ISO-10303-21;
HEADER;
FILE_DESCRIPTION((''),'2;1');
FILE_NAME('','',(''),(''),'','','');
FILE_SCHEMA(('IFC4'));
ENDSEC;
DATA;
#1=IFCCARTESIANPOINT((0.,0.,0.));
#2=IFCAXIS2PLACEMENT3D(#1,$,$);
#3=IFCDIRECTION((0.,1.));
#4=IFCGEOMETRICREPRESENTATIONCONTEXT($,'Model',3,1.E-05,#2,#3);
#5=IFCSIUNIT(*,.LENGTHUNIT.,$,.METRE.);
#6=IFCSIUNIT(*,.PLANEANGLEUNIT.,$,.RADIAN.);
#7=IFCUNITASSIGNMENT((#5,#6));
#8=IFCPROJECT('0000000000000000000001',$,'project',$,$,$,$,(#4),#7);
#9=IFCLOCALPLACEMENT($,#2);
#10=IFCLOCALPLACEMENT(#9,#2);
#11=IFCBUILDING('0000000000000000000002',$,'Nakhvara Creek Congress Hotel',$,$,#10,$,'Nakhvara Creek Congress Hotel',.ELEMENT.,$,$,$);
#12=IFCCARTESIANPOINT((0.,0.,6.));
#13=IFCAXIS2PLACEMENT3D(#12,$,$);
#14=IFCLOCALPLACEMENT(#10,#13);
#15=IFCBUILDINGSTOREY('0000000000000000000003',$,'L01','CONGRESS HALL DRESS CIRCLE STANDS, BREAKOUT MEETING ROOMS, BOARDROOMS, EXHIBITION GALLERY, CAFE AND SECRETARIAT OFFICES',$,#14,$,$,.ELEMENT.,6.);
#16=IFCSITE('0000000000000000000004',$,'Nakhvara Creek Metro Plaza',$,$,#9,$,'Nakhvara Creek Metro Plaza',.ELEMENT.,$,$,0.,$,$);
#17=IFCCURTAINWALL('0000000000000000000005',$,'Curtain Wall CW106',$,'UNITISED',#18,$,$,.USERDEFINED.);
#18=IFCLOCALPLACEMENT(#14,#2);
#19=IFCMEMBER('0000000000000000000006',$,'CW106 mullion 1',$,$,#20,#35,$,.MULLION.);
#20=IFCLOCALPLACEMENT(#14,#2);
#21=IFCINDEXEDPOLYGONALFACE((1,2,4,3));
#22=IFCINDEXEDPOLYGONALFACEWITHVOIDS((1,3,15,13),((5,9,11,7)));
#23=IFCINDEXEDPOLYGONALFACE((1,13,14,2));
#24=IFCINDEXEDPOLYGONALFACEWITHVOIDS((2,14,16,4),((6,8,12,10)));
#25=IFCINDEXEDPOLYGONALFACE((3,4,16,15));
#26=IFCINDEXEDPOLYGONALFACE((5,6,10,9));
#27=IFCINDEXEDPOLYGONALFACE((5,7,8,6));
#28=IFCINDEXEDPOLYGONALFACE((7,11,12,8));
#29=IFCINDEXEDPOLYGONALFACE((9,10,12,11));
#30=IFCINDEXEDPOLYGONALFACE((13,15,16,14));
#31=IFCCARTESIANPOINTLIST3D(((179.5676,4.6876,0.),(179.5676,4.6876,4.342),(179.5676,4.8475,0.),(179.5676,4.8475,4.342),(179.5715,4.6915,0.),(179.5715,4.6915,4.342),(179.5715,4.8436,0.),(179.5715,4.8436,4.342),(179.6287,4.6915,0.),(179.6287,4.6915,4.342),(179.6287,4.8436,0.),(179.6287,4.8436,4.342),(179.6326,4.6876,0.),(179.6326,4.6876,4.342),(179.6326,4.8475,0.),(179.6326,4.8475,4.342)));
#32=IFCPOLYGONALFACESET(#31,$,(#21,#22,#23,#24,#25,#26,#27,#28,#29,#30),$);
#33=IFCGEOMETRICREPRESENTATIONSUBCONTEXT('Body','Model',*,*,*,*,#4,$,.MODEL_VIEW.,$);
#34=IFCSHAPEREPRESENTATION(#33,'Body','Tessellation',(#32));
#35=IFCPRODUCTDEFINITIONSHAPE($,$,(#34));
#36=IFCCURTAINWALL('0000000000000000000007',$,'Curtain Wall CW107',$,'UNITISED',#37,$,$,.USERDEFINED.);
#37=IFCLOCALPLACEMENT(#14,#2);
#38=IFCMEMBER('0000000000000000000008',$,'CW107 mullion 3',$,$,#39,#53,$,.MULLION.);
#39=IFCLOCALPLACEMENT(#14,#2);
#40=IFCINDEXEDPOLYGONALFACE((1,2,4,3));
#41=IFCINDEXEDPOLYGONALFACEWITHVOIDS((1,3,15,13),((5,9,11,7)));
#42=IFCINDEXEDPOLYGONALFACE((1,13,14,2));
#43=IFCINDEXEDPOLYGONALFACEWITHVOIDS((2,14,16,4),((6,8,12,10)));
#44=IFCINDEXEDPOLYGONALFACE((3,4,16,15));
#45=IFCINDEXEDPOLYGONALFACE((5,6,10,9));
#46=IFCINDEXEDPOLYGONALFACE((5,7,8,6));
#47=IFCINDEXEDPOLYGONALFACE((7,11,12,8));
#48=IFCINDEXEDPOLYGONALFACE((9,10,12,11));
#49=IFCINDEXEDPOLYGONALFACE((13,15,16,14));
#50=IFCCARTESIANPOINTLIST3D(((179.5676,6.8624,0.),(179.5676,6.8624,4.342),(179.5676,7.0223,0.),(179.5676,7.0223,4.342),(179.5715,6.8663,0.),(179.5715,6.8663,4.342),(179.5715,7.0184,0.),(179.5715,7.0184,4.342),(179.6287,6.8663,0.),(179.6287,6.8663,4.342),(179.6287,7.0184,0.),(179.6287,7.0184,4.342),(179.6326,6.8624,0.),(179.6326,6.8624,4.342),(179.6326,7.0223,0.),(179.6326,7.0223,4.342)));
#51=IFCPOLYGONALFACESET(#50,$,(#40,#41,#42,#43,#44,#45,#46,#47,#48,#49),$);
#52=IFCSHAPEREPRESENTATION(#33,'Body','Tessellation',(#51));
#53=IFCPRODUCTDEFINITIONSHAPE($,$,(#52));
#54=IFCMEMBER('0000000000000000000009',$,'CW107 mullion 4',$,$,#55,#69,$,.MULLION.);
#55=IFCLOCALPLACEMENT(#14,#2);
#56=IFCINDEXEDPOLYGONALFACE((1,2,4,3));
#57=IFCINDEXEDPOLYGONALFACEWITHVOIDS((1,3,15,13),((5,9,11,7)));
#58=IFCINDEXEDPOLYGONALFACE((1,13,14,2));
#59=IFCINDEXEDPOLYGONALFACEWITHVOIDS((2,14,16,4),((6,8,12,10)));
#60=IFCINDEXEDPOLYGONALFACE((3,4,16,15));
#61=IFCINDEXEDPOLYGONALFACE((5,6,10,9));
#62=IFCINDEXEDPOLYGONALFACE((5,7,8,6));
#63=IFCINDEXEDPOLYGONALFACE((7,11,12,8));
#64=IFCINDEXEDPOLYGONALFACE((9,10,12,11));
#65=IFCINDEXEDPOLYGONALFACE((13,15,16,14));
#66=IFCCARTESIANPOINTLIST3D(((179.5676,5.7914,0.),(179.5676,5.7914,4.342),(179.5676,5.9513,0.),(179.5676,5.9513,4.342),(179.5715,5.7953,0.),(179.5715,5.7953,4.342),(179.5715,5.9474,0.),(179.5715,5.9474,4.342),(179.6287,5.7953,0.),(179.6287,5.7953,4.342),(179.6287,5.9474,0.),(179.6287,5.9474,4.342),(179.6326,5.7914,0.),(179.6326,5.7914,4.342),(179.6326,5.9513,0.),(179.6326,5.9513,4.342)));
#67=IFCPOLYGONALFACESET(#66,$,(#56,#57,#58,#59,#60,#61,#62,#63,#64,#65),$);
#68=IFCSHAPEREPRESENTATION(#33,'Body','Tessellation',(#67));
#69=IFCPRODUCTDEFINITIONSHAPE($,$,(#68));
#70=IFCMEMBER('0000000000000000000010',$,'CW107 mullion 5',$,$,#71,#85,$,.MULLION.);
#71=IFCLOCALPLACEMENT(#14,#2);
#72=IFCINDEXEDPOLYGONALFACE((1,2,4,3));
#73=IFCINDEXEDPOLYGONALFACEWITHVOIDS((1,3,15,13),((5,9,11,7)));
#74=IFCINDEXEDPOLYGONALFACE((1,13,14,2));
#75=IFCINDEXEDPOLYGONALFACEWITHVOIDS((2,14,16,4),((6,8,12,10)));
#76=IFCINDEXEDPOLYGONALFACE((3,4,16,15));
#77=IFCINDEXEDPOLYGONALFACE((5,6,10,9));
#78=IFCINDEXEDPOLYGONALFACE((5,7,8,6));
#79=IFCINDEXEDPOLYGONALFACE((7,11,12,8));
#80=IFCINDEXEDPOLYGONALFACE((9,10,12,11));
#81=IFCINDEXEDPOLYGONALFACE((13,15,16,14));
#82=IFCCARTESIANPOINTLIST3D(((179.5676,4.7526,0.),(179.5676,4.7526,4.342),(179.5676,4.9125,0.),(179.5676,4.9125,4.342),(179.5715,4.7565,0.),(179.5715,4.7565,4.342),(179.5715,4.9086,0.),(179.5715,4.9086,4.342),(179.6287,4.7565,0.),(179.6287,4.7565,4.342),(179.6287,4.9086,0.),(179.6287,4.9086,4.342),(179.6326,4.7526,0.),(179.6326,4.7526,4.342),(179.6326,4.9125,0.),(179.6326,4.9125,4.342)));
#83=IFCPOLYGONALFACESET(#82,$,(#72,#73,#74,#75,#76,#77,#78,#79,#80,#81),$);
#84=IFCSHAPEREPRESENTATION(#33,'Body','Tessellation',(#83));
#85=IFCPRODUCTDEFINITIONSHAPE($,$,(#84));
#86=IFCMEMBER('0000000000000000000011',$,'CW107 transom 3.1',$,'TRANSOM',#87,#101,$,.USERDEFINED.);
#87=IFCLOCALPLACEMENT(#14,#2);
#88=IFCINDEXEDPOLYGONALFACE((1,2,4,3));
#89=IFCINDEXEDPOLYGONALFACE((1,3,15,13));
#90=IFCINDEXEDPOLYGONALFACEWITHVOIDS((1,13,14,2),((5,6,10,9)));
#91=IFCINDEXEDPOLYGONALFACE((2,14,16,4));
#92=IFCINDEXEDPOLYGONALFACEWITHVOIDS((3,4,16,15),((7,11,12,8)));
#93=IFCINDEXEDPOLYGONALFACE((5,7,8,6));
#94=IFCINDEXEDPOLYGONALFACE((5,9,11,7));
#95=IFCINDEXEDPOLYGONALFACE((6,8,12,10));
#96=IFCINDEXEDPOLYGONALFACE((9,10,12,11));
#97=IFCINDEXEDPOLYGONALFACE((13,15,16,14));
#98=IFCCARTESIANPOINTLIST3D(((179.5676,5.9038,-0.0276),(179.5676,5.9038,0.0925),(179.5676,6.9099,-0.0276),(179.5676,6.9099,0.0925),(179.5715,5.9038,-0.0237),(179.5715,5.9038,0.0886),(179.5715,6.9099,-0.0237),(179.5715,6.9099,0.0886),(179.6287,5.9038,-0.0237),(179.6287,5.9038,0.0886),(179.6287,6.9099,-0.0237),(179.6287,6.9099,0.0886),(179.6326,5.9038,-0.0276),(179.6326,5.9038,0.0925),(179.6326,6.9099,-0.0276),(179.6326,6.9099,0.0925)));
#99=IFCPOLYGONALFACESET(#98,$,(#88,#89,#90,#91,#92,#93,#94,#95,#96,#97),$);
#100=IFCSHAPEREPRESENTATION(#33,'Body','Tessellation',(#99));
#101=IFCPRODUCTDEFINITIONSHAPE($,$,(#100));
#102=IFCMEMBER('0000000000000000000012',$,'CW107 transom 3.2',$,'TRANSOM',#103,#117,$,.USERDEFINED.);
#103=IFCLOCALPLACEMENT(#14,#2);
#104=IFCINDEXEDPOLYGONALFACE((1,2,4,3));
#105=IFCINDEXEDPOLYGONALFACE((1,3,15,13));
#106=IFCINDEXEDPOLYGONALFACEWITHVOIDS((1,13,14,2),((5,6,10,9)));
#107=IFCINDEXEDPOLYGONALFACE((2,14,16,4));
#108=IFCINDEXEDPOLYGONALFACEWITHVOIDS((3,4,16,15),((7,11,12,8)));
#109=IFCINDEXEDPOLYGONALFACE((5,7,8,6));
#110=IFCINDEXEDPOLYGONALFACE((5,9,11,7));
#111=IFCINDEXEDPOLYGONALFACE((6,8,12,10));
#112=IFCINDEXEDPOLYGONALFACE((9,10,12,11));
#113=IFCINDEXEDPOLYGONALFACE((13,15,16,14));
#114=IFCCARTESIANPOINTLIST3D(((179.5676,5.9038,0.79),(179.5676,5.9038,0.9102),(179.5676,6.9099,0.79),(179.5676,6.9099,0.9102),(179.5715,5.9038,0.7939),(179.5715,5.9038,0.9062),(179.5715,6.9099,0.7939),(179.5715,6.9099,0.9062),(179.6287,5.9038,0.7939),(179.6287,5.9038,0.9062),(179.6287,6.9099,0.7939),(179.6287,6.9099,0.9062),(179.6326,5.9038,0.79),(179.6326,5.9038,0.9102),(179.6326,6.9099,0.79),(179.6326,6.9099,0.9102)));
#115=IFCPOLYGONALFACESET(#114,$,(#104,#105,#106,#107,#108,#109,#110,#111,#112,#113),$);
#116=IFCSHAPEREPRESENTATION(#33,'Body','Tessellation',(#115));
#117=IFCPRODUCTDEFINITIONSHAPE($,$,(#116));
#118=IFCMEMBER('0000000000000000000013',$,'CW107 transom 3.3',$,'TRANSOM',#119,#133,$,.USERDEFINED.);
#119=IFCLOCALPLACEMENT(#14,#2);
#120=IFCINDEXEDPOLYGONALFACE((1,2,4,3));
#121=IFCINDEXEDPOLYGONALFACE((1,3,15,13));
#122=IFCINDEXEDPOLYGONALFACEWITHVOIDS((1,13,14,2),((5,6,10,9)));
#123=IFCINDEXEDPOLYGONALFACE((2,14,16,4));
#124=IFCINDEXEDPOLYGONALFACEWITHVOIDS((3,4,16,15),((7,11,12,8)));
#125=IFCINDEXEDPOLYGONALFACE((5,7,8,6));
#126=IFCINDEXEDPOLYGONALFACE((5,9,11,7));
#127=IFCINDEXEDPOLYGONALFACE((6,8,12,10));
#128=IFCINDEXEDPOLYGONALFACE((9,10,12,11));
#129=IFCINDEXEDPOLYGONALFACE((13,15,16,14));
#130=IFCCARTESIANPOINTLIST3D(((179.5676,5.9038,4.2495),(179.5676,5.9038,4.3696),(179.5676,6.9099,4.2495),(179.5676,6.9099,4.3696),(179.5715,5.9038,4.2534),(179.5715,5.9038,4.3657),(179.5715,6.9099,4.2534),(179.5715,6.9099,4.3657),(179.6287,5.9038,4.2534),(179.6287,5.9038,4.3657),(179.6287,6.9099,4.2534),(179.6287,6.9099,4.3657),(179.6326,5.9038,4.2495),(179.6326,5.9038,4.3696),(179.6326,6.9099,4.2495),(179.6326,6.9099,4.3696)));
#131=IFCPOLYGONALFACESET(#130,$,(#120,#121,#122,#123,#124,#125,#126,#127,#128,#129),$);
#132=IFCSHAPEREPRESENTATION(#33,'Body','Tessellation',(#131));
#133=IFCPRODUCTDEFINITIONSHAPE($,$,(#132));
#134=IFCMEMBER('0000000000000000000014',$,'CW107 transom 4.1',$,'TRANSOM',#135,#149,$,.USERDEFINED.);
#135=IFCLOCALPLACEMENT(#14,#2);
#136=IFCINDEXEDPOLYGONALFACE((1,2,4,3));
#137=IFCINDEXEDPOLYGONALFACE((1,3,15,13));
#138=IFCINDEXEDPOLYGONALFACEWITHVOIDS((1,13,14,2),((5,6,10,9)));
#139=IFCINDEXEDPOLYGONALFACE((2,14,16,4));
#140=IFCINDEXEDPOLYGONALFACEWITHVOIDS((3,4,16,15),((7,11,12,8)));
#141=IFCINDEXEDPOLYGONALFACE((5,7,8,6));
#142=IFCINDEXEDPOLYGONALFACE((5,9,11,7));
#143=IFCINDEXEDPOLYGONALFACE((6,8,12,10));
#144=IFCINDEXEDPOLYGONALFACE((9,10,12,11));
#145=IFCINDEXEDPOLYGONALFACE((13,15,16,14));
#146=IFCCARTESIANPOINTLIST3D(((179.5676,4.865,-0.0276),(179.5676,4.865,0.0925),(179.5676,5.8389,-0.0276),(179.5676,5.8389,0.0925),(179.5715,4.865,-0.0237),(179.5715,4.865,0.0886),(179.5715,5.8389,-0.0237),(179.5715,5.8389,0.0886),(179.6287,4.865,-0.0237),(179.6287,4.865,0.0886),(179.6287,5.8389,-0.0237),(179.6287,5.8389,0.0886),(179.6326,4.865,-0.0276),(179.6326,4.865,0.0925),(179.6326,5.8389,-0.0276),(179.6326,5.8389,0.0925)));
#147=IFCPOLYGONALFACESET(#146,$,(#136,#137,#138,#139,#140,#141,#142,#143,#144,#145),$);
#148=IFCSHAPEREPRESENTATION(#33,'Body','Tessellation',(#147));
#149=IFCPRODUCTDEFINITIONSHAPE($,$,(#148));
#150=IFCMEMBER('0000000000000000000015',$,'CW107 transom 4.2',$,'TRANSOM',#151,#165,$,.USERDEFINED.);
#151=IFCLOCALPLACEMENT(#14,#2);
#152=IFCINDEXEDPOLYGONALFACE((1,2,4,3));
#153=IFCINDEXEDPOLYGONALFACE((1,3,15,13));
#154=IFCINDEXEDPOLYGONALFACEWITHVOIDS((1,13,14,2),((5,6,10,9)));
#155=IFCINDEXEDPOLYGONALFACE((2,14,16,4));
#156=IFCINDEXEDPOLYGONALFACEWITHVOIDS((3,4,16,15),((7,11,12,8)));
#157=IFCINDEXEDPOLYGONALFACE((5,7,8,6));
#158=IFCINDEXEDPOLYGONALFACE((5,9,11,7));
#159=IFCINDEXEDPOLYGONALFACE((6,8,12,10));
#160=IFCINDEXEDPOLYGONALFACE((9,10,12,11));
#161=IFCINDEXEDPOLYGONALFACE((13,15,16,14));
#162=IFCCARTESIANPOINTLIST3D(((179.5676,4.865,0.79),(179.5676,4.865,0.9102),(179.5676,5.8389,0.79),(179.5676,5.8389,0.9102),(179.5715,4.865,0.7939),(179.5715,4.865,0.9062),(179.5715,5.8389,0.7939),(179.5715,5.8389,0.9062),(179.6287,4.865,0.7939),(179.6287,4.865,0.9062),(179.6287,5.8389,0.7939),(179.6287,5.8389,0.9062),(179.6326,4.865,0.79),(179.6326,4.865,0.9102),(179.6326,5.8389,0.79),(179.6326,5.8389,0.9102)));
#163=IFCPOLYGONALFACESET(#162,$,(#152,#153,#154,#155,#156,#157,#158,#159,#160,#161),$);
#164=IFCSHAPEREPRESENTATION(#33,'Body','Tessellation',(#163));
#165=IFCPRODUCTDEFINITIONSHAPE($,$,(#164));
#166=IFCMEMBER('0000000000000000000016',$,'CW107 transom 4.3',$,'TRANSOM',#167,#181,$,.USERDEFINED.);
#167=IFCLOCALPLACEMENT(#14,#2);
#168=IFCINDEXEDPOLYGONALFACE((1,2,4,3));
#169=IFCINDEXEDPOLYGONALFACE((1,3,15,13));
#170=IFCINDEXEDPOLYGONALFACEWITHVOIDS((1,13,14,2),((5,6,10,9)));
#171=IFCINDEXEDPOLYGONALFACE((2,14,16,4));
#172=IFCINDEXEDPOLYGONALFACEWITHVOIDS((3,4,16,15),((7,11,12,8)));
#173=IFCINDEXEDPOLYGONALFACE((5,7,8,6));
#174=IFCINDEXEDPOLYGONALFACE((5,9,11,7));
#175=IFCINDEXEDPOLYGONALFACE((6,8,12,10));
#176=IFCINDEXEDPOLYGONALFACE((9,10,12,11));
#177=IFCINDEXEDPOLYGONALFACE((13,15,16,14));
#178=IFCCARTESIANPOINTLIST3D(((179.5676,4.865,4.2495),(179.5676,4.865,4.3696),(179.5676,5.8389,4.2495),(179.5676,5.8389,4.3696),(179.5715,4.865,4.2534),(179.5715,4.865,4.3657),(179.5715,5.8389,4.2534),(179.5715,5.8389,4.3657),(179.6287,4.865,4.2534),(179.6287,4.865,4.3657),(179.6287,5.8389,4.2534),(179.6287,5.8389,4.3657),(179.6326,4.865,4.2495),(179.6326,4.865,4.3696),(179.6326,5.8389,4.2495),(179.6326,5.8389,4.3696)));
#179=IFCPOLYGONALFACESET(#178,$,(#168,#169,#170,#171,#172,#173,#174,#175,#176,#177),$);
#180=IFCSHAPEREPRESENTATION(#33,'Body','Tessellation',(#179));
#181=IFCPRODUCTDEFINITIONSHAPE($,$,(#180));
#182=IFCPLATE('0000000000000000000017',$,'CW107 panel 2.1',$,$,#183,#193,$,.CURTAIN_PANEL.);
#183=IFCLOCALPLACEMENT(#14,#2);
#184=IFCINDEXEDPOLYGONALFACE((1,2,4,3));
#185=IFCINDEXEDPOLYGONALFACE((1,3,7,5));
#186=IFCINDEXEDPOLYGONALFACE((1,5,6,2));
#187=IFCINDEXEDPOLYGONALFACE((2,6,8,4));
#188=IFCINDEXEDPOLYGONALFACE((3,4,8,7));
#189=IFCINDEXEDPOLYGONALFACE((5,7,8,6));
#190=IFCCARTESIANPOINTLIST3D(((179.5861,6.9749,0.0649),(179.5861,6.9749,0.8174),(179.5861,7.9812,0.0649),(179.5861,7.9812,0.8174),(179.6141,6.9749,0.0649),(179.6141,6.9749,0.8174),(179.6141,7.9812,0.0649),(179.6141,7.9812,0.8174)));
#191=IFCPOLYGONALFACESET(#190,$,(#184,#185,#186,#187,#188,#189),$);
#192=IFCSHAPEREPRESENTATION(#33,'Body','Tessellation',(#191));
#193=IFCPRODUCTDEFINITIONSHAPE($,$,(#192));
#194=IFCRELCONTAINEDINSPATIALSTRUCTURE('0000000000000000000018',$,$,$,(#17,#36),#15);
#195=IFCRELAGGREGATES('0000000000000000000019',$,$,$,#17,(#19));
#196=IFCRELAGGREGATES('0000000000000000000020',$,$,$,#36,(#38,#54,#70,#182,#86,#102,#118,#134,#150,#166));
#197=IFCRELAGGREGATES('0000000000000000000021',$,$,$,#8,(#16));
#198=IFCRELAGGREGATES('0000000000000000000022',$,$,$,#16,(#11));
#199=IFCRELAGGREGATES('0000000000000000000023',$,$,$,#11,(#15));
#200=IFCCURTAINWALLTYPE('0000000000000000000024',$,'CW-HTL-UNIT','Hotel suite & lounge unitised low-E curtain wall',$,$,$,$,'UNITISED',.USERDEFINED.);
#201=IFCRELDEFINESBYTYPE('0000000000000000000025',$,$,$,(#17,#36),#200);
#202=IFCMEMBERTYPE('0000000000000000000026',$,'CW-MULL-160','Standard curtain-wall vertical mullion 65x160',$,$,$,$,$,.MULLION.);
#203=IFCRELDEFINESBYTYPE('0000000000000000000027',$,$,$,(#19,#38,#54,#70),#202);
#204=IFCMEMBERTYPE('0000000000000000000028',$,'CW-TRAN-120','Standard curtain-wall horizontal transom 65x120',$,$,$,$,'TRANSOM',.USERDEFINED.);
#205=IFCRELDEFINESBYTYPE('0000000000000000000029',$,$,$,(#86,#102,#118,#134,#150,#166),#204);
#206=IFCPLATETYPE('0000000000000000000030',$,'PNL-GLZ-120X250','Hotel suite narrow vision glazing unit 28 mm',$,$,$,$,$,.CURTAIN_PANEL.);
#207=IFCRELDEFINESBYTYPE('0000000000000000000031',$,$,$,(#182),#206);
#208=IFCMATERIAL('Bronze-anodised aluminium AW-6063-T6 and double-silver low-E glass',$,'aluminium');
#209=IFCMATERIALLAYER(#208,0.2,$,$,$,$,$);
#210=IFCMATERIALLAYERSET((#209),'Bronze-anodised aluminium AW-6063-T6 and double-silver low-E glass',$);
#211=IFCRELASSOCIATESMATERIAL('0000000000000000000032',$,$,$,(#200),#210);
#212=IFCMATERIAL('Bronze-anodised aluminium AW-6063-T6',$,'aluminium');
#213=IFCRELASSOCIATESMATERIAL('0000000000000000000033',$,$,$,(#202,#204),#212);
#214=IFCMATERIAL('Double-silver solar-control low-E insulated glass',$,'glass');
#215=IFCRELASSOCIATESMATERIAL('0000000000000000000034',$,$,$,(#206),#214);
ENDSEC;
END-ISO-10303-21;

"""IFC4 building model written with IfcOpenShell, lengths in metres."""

from ifc_helpers import new_model, si_unit, direction, frame, origin, origin_2d, place, context, subcontext, project, spatial, rectangle, hollow_rectangle, extrude, material, layer, layer_set, material_profile, profile_set, type_object, element, aggregate, save


model = new_model("IFC4")

# Units and contexts
model_context = context("Model", 3, precision=1e-05, world=origin(), true_north=direction((0.0, 1.0)))
body_context = subcontext(model_context, "Body", "Model", "MODEL_VIEW")
ifc_project = project(units=[si_unit("LENGTHUNIT", "METRE"), si_unit("PLANEANGLEUNIT", "RADIAN")], contexts=[model_context])

# Site, building, storey
site_placement = place(None, origin())
site = spatial("IfcSite", under=ifc_project, at=site_placement, Name="Nakhvara Creek Metro Plaza", LongName="Nakhvara Creek Metro Plaza", CompositionType="ELEMENT", RefElevation=0.0)
building_placement = place(site_placement, origin())
building = spatial("IfcBuilding", under=site, at=building_placement, Name="Nakhvara Creek Congress Hotel", LongName="Nakhvara Creek Congress Hotel", CompositionType="ELEMENT")
storey_placement = place(building_placement, frame((0.0, 0.0, 6.0)))
storey = spatial("IfcBuildingStorey", under=building, at=storey_placement, Name="L01", Description="CONGRESS HALL DRESS CIRCLE STANDS, BREAKOUT MEETING ROOMS, BOARDROOMS, EXHIBITION GALLERY, CAFE AND SECRETARIAT OFFICES", CompositionType="ELEMENT", Elevation=6.0)

# Curtain wall, member
ifc_material_1 = material(Name="Bronze-anodised aluminium AW-6063-T6 and double-silver low-E glass", Category="aluminium")
ifc_layer_1 = layer(ifc_material_1, 0.2)
ifc_layer_set_1 = layer_set([ifc_layer_1], Name="Bronze-anodised aluminium AW-6063-T6 and double-silver low-E glass")
curtain_wall_type = type_object("IfcCurtainWallType", Name="CW-HTL-UNIT", Description="Hotel suite & lounge unitised low-E curtain wall", ElementType="UNITISED", PredefinedType="USERDEFINED", material=ifc_layer_set_1)
curtain_wall_1_placement = place(storey_placement, origin())
curtain_wall_1 = element("IfcCurtainWall", 1, at=curtain_wall_1_placement, inside=storey, type_object=curtain_wall_type, Name="Curtain Wall CW106", ObjectType="UNITISED", PredefinedType="USERDEFINED")
ifc_material_2 = material(Name="Bronze-anodised aluminium AW-6063-T6", Category="aluminium")
ifc_material_profile_1 = material_profile(ifc_material_2, hollow_rectangle(XDim=0.0649, YDim=0.1599, WallThickness=0.0039, at=origin_2d()), Name="ALU-MULL 65x160x4", Category="LoadBearing")
ifc_profile_set_1 = profile_set([ifc_material_profile_1], Name="Bronze-anodised aluminium AW-6063-T6")
member_type_1 = type_object("IfcMemberType", Name="CW-MULL-160", Description="Standard curtain-wall vertical mullion 65x160", PredefinedType="MULLION", material=ifc_profile_set_1)
member_1_placement = place(storey_placement, frame((179.6001, 4.7676, 0.0), z_axis=(0.0, 0.0, 1.0), x_axis=(1.0, 0.0, 0.0)))
member_1 = element("IfcMember", 2, at=member_1_placement, type_object=member_type_1, Name="CW106 mullion 1", PredefinedType="MULLION", context=body_context, shape_type="SweptSolid", body=[
    extrude(hollow_rectangle(XDim=0.0649, YDim=0.1599, WallThickness=0.0039, at=origin_2d()), origin(), (0.0, 0.0, 1.0), 4.342),
])
aggregate(curtain_wall_1, [member_1])

# Curtain wall, members, plate
curtain_wall_2_placement = place(storey_placement, origin())
curtain_wall_2 = element("IfcCurtainWall", 3, at=curtain_wall_2_placement, inside=storey, type_object=curtain_wall_type, Name="Curtain Wall CW107", ObjectType="UNITISED", PredefinedType="USERDEFINED")
member_2_placement = place(storey_placement, frame((179.6001, 6.9424, 0.0), z_axis=(0.0, 0.0, 1.0), x_axis=(1.0, 0.0, 0.0)))
member_2 = element("IfcMember", 4, at=member_2_placement, type_object=member_type_1, Name="CW107 mullion 3", PredefinedType="MULLION", context=body_context, shape_type="SweptSolid", body=[
    extrude(hollow_rectangle(XDim=0.0649, YDim=0.1599, WallThickness=0.0039, at=origin_2d()), origin(), (0.0, 0.0, 1.0), 4.342),
])
member_3_placement = place(storey_placement, frame((179.6001, 5.8713, 0.0), z_axis=(0.0, 0.0, 1.0), x_axis=(1.0, 0.0, 0.0)))
member_3 = element("IfcMember", 5, at=member_3_placement, type_object=member_type_1, Name="CW107 mullion 4", PredefinedType="MULLION", context=body_context, shape_type="SweptSolid", body=[
    extrude(hollow_rectangle(XDim=0.0649, YDim=0.1599, WallThickness=0.0039, at=origin_2d()), origin(), (0.0, 0.0, 1.0), 4.342),
])
member_4_placement = place(storey_placement, frame((179.6001, 4.8325, 0.0), z_axis=(0.0, 0.0, 1.0), x_axis=(1.0, 0.0, 0.0)))
member_4 = element("IfcMember", 6, at=member_4_placement, type_object=member_type_1, Name="CW107 mullion 5", PredefinedType="MULLION", context=body_context, shape_type="SweptSolid", body=[
    extrude(hollow_rectangle(XDim=0.0649, YDim=0.1599, WallThickness=0.0039, at=origin_2d()), origin(), (0.0, 0.0, 1.0), 4.342),
])
ifc_material_profile_2 = material_profile(ifc_material_2, hollow_rectangle(XDim=0.0649, YDim=0.1201, WallThickness=0.0039, at=origin_2d()), Name="ALU-TRAN 65x120x4", Category="LoadBearing")
ifc_profile_set_2 = profile_set([ifc_material_profile_2], Name="Bronze-anodised aluminium AW-6063-T6")
member_type_2 = type_object("IfcMemberType", Name="CW-TRAN-120", Description="Standard curtain-wall horizontal transom 65x120", ElementType="TRANSOM", PredefinedType="USERDEFINED", material=ifc_profile_set_2)
member_5_placement = place(storey_placement, frame((179.6001, 6.9099, 0.0325), z_axis=(0.0, -1.0, 0.0), x_axis=(1.0, 0.0, 0.0)))
member_5 = element("IfcMember", 7, at=member_5_placement, type_object=member_type_2, Name="CW107 transom 3.1", ObjectType="TRANSOM", PredefinedType="USERDEFINED", context=body_context, shape_type="SweptSolid", body=[
    extrude(hollow_rectangle(XDim=0.0649, YDim=0.1201, WallThickness=0.0039, at=origin_2d()), origin(), (0.0, 0.0, 1.0), 1.0061),
])
member_6_placement = place(storey_placement, frame((179.6001, 6.9099, 0.8501), z_axis=(0.0, -1.0, 0.0), x_axis=(1.0, 0.0, 0.0)))
member_6 = element("IfcMember", 8, at=member_6_placement, type_object=member_type_2, Name="CW107 transom 3.2", ObjectType="TRANSOM", PredefinedType="USERDEFINED", context=body_context, shape_type="SweptSolid", body=[
    extrude(hollow_rectangle(XDim=0.0649, YDim=0.1201, WallThickness=0.0039, at=origin_2d()), origin(), (0.0, 0.0, 1.0), 1.0061),
])
member_7_placement = place(storey_placement, frame((179.6001, 6.9099, 4.3096), z_axis=(0.0, -1.0, 0.0), x_axis=(1.0, 0.0, 0.0)))
member_7 = element("IfcMember", 9, at=member_7_placement, type_object=member_type_2, Name="CW107 transom 3.3", ObjectType="TRANSOM", PredefinedType="USERDEFINED", context=body_context, shape_type="SweptSolid", body=[
    extrude(hollow_rectangle(XDim=0.0649, YDim=0.1201, WallThickness=0.0039, at=origin_2d()), origin(), (0.0, 0.0, 1.0), 1.0061),
])
member_8_placement = place(storey_placement, frame((179.6001, 5.8389, 0.0325), z_axis=(0.0, -1.0, 0.0), x_axis=(1.0, 0.0, 0.0)))
member_8 = element("IfcMember", 10, at=member_8_placement, type_object=member_type_2, Name="CW107 transom 4.1", ObjectType="TRANSOM", PredefinedType="USERDEFINED", context=body_context, shape_type="SweptSolid", body=[
    extrude(hollow_rectangle(XDim=0.0649, YDim=0.1201, WallThickness=0.0039, at=origin_2d()), origin(), (0.0, 0.0, 1.0), 0.9739),
])
member_9_placement = place(storey_placement, frame((179.6001, 5.8389, 0.8501), z_axis=(0.0, -1.0, 0.0), x_axis=(1.0, 0.0, 0.0)))
member_9 = element("IfcMember", 11, at=member_9_placement, type_object=member_type_2, Name="CW107 transom 4.2", ObjectType="TRANSOM", PredefinedType="USERDEFINED", context=body_context, shape_type="SweptSolid", body=[
    extrude(hollow_rectangle(XDim=0.0649, YDim=0.1201, WallThickness=0.0039, at=origin_2d()), origin(), (0.0, 0.0, 1.0), 0.9739),
])
member_10_placement = place(storey_placement, frame((179.6001, 5.8389, 4.3096), z_axis=(0.0, -1.0, 0.0), x_axis=(1.0, 0.0, 0.0)))
member_10 = element("IfcMember", 12, at=member_10_placement, type_object=member_type_2, Name="CW107 transom 4.3", ObjectType="TRANSOM", PredefinedType="USERDEFINED", context=body_context, shape_type="SweptSolid", body=[
    extrude(hollow_rectangle(XDim=0.0649, YDim=0.1201, WallThickness=0.0039, at=origin_2d()), origin(), (0.0, 0.0, 1.0), 0.9739),
])
ifc_material_3 = material(Name="Double-silver solar-control low-E insulated glass", Category="glass")
plate_type = type_object("IfcPlateType", Name="PNL-GLZ-120X250", Description="Hotel suite narrow vision glazing unit 28 mm", PredefinedType="CURTAIN_PANEL", material=ifc_material_3)
plate_1_placement = place(storey_placement, frame((179.6001, 7.478, 0.0649), z_axis=(0.0, 0.0, 1.0), x_axis=(0.0, -1.0, 0.0)))
plate_1 = element("IfcPlate", 13, at=plate_1_placement, type_object=plate_type, Name="CW107 panel 2.1", PredefinedType="CURTAIN_PANEL", context=body_context, shape_type="SweptSolid", body=[
    extrude(rectangle(XDim=1.0063, YDim=0.0281, at=origin_2d()), origin(), (0.0, 0.0, 1.0), 0.7524),
])
aggregate(curtain_wall_2, [member_2, member_3, member_4, plate_1, member_5, member_6, member_7, member_8, member_9, member_10])

save(model, "model.ifc")
